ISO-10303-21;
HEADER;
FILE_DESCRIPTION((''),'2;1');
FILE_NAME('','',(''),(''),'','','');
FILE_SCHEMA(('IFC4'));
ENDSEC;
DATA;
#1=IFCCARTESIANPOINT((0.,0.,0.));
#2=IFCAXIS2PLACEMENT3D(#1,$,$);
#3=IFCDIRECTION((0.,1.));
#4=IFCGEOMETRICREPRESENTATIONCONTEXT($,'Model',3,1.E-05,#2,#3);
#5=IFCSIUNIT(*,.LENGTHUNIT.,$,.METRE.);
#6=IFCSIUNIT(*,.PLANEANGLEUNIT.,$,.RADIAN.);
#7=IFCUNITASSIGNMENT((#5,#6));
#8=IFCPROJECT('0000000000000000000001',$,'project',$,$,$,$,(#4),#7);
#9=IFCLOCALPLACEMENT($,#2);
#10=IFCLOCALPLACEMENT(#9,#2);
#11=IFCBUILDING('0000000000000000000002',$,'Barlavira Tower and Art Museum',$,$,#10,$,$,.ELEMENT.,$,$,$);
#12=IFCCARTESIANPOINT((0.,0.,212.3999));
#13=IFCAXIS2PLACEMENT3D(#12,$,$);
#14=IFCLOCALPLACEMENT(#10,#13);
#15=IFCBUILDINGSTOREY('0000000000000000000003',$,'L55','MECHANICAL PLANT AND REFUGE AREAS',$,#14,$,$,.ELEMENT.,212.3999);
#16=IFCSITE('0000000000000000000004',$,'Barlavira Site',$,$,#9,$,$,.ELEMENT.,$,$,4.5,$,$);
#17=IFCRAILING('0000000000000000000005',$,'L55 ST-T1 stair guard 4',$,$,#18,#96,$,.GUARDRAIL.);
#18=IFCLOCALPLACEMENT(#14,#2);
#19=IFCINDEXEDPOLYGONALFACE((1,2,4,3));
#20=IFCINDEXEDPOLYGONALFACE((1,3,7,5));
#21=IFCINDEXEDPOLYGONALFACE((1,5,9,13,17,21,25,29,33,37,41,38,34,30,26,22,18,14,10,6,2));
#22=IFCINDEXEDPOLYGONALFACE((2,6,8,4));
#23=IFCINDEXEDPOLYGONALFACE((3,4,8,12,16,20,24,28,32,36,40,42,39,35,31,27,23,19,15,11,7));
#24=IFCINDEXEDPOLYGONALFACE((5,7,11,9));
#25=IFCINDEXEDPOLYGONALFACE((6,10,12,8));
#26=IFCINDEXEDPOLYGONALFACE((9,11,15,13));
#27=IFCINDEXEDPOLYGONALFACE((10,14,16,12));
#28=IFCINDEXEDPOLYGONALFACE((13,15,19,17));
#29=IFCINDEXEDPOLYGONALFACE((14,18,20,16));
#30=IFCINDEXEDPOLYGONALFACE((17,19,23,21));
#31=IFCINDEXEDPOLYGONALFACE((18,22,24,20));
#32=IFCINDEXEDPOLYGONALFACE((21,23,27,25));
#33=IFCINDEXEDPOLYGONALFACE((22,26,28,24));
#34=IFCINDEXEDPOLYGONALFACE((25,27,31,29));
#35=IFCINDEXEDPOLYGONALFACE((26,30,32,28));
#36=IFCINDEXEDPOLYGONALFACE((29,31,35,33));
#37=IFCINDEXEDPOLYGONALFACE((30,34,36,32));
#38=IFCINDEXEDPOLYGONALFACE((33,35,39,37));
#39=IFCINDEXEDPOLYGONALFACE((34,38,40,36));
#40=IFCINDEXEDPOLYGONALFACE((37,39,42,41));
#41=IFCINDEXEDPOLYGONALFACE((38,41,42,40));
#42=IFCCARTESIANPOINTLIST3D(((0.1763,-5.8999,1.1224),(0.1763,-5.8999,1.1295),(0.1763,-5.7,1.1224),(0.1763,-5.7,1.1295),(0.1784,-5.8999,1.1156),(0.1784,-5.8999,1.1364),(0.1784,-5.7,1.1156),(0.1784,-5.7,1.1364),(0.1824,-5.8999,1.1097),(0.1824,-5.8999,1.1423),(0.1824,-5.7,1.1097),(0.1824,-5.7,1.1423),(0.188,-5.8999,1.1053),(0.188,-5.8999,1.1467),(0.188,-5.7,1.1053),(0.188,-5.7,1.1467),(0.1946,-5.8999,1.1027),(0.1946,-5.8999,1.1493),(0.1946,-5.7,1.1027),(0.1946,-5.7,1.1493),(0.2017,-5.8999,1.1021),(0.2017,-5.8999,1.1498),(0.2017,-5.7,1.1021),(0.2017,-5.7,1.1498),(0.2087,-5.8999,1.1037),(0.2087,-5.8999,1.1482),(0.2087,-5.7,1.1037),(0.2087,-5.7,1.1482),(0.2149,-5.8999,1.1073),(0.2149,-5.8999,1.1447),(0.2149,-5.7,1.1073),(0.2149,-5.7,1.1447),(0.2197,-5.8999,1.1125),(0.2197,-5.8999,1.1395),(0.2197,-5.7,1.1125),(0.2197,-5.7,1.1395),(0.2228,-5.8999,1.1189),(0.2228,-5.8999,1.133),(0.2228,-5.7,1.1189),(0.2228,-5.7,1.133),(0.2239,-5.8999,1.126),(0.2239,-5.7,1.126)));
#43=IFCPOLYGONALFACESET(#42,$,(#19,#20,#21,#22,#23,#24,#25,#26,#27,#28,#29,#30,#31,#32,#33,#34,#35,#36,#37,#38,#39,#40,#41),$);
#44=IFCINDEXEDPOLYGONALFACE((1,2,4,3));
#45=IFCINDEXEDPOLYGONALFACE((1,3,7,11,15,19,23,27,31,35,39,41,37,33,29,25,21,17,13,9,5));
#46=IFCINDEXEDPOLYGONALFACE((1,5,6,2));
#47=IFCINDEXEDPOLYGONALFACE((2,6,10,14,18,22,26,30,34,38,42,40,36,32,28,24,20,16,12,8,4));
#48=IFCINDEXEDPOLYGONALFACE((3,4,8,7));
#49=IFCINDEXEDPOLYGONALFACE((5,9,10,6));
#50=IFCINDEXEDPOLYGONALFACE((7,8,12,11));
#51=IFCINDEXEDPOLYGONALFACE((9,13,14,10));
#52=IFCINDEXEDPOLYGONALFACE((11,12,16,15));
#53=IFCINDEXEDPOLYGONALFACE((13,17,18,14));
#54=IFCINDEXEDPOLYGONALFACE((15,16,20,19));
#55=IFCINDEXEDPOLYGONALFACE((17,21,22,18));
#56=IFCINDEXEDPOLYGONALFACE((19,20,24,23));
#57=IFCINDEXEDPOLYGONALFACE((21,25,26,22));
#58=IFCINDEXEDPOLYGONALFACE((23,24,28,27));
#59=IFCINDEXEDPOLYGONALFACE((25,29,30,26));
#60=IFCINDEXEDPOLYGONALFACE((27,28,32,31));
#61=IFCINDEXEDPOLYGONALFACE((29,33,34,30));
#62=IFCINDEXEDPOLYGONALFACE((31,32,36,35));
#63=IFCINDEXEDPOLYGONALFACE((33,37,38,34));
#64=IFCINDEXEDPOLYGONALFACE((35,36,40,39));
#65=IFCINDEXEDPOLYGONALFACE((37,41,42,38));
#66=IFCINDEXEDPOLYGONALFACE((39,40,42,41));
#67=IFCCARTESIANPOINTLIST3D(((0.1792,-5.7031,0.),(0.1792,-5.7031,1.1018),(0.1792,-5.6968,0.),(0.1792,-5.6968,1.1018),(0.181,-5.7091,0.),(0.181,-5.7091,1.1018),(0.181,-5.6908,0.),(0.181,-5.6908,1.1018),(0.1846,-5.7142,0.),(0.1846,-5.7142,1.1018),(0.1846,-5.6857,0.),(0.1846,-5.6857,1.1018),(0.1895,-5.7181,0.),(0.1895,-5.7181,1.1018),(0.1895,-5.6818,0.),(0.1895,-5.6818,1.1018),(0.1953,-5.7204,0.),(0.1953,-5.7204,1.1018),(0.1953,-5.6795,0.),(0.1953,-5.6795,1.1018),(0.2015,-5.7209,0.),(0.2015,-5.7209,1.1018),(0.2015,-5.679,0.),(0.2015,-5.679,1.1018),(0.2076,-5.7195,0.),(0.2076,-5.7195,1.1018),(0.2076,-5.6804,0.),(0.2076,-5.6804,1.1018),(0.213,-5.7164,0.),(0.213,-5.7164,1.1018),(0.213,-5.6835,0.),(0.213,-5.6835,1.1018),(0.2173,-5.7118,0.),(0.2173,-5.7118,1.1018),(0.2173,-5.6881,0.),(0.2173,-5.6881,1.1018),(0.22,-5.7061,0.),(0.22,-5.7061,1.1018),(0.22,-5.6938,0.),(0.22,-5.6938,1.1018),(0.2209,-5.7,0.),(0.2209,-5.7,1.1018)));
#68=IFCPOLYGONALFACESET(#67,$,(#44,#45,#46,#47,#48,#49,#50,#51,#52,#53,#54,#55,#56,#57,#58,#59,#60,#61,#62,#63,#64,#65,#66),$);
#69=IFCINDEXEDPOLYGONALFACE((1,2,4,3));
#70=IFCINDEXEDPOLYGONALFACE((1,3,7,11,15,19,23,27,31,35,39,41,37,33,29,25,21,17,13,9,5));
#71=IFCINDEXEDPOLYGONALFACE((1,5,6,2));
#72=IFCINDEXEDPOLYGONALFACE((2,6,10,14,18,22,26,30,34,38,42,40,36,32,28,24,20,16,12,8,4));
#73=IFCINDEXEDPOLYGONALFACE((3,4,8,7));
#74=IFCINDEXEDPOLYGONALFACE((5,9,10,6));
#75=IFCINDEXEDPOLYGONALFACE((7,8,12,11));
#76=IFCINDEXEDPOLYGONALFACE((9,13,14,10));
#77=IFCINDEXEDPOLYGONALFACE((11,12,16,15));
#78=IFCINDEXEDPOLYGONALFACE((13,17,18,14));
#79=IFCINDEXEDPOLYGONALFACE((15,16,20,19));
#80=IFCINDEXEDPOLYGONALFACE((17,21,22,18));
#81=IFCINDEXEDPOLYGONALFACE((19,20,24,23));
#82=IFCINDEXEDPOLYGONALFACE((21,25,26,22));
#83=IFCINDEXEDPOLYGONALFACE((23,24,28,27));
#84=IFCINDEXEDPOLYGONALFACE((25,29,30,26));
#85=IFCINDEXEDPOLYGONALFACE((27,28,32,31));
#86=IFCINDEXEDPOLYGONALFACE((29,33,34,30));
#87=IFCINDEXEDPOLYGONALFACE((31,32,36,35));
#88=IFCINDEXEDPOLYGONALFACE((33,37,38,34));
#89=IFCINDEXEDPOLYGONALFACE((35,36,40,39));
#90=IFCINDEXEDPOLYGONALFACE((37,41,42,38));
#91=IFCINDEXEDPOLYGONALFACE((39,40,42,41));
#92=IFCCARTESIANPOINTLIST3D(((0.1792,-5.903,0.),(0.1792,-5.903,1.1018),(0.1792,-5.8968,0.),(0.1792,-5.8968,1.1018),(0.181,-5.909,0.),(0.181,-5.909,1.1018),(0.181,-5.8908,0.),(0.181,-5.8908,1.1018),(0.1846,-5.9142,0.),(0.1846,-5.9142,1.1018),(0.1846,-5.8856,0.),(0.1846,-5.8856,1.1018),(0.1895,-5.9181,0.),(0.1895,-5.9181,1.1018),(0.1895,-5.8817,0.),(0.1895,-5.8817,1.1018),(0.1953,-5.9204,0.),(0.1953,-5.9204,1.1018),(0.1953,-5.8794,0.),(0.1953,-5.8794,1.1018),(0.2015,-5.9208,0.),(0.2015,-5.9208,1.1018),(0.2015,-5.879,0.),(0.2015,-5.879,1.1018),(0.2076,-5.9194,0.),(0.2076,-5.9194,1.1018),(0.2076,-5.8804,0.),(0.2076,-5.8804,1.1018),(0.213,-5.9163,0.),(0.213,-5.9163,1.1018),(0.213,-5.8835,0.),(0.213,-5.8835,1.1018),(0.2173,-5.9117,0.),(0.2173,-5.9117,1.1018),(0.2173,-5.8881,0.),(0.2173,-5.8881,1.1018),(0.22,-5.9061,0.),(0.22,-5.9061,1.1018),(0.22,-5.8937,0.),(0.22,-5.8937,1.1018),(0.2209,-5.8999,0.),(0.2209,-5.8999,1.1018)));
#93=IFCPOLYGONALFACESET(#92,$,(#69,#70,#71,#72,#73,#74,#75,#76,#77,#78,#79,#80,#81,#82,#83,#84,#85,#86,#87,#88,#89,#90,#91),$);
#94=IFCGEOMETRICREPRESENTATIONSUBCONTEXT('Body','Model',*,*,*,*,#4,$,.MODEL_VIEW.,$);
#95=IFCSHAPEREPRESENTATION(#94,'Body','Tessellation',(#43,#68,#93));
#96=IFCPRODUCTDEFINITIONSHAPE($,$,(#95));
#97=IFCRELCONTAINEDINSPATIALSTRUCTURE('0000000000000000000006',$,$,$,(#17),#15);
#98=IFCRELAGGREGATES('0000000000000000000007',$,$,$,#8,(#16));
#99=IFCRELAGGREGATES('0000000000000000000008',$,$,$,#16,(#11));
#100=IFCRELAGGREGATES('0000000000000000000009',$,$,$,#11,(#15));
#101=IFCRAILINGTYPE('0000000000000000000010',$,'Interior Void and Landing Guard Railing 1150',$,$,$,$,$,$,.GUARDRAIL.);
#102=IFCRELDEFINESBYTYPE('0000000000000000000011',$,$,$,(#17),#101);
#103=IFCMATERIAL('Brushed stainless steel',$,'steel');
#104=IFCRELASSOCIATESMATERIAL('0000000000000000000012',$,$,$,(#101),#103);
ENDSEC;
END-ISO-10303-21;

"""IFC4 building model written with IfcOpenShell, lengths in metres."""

from ifc_helpers import new_model, si_unit, direction, frame, origin, origin_2d, place, context, subcontext, project, spatial, circle, extrude, material, type_object, element, save


model = new_model("IFC4")

# Units and contexts
model_context = context("Model", 3, precision=1e-05, world=origin(), true_north=direction((0.0, 1.0)))
body_context = subcontext(model_context, "Body", "Model", "MODEL_VIEW")
ifc_project = project(units=[si_unit("LENGTHUNIT", "METRE"), si_unit("PLANEANGLEUNIT", "RADIAN")], contexts=[model_context])

# Site, building, storey
site_placement = place(None, origin())
site = spatial("IfcSite", under=ifc_project, at=site_placement, Name="Barlavira Site", CompositionType="ELEMENT", RefElevation=4.5)
building_placement = place(site_placement, origin())
building = spatial("IfcBuilding", under=site, at=building_placement, Name="Barlavira Tower and Art Museum", CompositionType="ELEMENT")
storey_placement = place(building_placement, frame((0.0, 0.0, 212.3999)))
storey = spatial("IfcBuildingStorey", under=building, at=storey_placement, Name="L55", Description="MECHANICAL PLANT AND REFUGE AREAS", CompositionType="ELEMENT", Elevation=212.3999)

# Shared definitions
ifc_material_1 = material(Name="Brushed stainless steel", Category="steel")

# Railing
railing_type_1 = type_object("IfcRailingType", Name="Interior Void and Landing Guard Railing 1150", PredefinedType="GUARDRAIL", material=ifc_material_1)
railing_1_placement = place(storey_placement, frame((0.2, -5.7, 0.0)))
element("IfcRailing", 1, at=railing_1_placement, inside=storey, type_object=railing_type_1, Name="L55 ST-T1 stair guard 4", PredefinedType="GUARDRAIL", context=body_context, shape_type="SweptSolid", body=[
    extrude(circle(Radius=0.0239, at=origin_2d()), frame((0.0, 0.0, 1.126), z_axis=(0.0, -1.0, 0.0), x_axis=(1.0, 0.0, 0.0)), (0.0, 0.0, 1.0), 0.2),
    extrude(circle(Radius=0.021, at=origin_2d()), origin(), (0.0, 0.0, 1.0), 1.1018),
    extrude(circle(Radius=0.021, at=origin_2d()), frame((0.0, -0.2, 0.0)), (0.0, 0.0, 1.0), 1.1018),
])

save(model, "model.ifc")
